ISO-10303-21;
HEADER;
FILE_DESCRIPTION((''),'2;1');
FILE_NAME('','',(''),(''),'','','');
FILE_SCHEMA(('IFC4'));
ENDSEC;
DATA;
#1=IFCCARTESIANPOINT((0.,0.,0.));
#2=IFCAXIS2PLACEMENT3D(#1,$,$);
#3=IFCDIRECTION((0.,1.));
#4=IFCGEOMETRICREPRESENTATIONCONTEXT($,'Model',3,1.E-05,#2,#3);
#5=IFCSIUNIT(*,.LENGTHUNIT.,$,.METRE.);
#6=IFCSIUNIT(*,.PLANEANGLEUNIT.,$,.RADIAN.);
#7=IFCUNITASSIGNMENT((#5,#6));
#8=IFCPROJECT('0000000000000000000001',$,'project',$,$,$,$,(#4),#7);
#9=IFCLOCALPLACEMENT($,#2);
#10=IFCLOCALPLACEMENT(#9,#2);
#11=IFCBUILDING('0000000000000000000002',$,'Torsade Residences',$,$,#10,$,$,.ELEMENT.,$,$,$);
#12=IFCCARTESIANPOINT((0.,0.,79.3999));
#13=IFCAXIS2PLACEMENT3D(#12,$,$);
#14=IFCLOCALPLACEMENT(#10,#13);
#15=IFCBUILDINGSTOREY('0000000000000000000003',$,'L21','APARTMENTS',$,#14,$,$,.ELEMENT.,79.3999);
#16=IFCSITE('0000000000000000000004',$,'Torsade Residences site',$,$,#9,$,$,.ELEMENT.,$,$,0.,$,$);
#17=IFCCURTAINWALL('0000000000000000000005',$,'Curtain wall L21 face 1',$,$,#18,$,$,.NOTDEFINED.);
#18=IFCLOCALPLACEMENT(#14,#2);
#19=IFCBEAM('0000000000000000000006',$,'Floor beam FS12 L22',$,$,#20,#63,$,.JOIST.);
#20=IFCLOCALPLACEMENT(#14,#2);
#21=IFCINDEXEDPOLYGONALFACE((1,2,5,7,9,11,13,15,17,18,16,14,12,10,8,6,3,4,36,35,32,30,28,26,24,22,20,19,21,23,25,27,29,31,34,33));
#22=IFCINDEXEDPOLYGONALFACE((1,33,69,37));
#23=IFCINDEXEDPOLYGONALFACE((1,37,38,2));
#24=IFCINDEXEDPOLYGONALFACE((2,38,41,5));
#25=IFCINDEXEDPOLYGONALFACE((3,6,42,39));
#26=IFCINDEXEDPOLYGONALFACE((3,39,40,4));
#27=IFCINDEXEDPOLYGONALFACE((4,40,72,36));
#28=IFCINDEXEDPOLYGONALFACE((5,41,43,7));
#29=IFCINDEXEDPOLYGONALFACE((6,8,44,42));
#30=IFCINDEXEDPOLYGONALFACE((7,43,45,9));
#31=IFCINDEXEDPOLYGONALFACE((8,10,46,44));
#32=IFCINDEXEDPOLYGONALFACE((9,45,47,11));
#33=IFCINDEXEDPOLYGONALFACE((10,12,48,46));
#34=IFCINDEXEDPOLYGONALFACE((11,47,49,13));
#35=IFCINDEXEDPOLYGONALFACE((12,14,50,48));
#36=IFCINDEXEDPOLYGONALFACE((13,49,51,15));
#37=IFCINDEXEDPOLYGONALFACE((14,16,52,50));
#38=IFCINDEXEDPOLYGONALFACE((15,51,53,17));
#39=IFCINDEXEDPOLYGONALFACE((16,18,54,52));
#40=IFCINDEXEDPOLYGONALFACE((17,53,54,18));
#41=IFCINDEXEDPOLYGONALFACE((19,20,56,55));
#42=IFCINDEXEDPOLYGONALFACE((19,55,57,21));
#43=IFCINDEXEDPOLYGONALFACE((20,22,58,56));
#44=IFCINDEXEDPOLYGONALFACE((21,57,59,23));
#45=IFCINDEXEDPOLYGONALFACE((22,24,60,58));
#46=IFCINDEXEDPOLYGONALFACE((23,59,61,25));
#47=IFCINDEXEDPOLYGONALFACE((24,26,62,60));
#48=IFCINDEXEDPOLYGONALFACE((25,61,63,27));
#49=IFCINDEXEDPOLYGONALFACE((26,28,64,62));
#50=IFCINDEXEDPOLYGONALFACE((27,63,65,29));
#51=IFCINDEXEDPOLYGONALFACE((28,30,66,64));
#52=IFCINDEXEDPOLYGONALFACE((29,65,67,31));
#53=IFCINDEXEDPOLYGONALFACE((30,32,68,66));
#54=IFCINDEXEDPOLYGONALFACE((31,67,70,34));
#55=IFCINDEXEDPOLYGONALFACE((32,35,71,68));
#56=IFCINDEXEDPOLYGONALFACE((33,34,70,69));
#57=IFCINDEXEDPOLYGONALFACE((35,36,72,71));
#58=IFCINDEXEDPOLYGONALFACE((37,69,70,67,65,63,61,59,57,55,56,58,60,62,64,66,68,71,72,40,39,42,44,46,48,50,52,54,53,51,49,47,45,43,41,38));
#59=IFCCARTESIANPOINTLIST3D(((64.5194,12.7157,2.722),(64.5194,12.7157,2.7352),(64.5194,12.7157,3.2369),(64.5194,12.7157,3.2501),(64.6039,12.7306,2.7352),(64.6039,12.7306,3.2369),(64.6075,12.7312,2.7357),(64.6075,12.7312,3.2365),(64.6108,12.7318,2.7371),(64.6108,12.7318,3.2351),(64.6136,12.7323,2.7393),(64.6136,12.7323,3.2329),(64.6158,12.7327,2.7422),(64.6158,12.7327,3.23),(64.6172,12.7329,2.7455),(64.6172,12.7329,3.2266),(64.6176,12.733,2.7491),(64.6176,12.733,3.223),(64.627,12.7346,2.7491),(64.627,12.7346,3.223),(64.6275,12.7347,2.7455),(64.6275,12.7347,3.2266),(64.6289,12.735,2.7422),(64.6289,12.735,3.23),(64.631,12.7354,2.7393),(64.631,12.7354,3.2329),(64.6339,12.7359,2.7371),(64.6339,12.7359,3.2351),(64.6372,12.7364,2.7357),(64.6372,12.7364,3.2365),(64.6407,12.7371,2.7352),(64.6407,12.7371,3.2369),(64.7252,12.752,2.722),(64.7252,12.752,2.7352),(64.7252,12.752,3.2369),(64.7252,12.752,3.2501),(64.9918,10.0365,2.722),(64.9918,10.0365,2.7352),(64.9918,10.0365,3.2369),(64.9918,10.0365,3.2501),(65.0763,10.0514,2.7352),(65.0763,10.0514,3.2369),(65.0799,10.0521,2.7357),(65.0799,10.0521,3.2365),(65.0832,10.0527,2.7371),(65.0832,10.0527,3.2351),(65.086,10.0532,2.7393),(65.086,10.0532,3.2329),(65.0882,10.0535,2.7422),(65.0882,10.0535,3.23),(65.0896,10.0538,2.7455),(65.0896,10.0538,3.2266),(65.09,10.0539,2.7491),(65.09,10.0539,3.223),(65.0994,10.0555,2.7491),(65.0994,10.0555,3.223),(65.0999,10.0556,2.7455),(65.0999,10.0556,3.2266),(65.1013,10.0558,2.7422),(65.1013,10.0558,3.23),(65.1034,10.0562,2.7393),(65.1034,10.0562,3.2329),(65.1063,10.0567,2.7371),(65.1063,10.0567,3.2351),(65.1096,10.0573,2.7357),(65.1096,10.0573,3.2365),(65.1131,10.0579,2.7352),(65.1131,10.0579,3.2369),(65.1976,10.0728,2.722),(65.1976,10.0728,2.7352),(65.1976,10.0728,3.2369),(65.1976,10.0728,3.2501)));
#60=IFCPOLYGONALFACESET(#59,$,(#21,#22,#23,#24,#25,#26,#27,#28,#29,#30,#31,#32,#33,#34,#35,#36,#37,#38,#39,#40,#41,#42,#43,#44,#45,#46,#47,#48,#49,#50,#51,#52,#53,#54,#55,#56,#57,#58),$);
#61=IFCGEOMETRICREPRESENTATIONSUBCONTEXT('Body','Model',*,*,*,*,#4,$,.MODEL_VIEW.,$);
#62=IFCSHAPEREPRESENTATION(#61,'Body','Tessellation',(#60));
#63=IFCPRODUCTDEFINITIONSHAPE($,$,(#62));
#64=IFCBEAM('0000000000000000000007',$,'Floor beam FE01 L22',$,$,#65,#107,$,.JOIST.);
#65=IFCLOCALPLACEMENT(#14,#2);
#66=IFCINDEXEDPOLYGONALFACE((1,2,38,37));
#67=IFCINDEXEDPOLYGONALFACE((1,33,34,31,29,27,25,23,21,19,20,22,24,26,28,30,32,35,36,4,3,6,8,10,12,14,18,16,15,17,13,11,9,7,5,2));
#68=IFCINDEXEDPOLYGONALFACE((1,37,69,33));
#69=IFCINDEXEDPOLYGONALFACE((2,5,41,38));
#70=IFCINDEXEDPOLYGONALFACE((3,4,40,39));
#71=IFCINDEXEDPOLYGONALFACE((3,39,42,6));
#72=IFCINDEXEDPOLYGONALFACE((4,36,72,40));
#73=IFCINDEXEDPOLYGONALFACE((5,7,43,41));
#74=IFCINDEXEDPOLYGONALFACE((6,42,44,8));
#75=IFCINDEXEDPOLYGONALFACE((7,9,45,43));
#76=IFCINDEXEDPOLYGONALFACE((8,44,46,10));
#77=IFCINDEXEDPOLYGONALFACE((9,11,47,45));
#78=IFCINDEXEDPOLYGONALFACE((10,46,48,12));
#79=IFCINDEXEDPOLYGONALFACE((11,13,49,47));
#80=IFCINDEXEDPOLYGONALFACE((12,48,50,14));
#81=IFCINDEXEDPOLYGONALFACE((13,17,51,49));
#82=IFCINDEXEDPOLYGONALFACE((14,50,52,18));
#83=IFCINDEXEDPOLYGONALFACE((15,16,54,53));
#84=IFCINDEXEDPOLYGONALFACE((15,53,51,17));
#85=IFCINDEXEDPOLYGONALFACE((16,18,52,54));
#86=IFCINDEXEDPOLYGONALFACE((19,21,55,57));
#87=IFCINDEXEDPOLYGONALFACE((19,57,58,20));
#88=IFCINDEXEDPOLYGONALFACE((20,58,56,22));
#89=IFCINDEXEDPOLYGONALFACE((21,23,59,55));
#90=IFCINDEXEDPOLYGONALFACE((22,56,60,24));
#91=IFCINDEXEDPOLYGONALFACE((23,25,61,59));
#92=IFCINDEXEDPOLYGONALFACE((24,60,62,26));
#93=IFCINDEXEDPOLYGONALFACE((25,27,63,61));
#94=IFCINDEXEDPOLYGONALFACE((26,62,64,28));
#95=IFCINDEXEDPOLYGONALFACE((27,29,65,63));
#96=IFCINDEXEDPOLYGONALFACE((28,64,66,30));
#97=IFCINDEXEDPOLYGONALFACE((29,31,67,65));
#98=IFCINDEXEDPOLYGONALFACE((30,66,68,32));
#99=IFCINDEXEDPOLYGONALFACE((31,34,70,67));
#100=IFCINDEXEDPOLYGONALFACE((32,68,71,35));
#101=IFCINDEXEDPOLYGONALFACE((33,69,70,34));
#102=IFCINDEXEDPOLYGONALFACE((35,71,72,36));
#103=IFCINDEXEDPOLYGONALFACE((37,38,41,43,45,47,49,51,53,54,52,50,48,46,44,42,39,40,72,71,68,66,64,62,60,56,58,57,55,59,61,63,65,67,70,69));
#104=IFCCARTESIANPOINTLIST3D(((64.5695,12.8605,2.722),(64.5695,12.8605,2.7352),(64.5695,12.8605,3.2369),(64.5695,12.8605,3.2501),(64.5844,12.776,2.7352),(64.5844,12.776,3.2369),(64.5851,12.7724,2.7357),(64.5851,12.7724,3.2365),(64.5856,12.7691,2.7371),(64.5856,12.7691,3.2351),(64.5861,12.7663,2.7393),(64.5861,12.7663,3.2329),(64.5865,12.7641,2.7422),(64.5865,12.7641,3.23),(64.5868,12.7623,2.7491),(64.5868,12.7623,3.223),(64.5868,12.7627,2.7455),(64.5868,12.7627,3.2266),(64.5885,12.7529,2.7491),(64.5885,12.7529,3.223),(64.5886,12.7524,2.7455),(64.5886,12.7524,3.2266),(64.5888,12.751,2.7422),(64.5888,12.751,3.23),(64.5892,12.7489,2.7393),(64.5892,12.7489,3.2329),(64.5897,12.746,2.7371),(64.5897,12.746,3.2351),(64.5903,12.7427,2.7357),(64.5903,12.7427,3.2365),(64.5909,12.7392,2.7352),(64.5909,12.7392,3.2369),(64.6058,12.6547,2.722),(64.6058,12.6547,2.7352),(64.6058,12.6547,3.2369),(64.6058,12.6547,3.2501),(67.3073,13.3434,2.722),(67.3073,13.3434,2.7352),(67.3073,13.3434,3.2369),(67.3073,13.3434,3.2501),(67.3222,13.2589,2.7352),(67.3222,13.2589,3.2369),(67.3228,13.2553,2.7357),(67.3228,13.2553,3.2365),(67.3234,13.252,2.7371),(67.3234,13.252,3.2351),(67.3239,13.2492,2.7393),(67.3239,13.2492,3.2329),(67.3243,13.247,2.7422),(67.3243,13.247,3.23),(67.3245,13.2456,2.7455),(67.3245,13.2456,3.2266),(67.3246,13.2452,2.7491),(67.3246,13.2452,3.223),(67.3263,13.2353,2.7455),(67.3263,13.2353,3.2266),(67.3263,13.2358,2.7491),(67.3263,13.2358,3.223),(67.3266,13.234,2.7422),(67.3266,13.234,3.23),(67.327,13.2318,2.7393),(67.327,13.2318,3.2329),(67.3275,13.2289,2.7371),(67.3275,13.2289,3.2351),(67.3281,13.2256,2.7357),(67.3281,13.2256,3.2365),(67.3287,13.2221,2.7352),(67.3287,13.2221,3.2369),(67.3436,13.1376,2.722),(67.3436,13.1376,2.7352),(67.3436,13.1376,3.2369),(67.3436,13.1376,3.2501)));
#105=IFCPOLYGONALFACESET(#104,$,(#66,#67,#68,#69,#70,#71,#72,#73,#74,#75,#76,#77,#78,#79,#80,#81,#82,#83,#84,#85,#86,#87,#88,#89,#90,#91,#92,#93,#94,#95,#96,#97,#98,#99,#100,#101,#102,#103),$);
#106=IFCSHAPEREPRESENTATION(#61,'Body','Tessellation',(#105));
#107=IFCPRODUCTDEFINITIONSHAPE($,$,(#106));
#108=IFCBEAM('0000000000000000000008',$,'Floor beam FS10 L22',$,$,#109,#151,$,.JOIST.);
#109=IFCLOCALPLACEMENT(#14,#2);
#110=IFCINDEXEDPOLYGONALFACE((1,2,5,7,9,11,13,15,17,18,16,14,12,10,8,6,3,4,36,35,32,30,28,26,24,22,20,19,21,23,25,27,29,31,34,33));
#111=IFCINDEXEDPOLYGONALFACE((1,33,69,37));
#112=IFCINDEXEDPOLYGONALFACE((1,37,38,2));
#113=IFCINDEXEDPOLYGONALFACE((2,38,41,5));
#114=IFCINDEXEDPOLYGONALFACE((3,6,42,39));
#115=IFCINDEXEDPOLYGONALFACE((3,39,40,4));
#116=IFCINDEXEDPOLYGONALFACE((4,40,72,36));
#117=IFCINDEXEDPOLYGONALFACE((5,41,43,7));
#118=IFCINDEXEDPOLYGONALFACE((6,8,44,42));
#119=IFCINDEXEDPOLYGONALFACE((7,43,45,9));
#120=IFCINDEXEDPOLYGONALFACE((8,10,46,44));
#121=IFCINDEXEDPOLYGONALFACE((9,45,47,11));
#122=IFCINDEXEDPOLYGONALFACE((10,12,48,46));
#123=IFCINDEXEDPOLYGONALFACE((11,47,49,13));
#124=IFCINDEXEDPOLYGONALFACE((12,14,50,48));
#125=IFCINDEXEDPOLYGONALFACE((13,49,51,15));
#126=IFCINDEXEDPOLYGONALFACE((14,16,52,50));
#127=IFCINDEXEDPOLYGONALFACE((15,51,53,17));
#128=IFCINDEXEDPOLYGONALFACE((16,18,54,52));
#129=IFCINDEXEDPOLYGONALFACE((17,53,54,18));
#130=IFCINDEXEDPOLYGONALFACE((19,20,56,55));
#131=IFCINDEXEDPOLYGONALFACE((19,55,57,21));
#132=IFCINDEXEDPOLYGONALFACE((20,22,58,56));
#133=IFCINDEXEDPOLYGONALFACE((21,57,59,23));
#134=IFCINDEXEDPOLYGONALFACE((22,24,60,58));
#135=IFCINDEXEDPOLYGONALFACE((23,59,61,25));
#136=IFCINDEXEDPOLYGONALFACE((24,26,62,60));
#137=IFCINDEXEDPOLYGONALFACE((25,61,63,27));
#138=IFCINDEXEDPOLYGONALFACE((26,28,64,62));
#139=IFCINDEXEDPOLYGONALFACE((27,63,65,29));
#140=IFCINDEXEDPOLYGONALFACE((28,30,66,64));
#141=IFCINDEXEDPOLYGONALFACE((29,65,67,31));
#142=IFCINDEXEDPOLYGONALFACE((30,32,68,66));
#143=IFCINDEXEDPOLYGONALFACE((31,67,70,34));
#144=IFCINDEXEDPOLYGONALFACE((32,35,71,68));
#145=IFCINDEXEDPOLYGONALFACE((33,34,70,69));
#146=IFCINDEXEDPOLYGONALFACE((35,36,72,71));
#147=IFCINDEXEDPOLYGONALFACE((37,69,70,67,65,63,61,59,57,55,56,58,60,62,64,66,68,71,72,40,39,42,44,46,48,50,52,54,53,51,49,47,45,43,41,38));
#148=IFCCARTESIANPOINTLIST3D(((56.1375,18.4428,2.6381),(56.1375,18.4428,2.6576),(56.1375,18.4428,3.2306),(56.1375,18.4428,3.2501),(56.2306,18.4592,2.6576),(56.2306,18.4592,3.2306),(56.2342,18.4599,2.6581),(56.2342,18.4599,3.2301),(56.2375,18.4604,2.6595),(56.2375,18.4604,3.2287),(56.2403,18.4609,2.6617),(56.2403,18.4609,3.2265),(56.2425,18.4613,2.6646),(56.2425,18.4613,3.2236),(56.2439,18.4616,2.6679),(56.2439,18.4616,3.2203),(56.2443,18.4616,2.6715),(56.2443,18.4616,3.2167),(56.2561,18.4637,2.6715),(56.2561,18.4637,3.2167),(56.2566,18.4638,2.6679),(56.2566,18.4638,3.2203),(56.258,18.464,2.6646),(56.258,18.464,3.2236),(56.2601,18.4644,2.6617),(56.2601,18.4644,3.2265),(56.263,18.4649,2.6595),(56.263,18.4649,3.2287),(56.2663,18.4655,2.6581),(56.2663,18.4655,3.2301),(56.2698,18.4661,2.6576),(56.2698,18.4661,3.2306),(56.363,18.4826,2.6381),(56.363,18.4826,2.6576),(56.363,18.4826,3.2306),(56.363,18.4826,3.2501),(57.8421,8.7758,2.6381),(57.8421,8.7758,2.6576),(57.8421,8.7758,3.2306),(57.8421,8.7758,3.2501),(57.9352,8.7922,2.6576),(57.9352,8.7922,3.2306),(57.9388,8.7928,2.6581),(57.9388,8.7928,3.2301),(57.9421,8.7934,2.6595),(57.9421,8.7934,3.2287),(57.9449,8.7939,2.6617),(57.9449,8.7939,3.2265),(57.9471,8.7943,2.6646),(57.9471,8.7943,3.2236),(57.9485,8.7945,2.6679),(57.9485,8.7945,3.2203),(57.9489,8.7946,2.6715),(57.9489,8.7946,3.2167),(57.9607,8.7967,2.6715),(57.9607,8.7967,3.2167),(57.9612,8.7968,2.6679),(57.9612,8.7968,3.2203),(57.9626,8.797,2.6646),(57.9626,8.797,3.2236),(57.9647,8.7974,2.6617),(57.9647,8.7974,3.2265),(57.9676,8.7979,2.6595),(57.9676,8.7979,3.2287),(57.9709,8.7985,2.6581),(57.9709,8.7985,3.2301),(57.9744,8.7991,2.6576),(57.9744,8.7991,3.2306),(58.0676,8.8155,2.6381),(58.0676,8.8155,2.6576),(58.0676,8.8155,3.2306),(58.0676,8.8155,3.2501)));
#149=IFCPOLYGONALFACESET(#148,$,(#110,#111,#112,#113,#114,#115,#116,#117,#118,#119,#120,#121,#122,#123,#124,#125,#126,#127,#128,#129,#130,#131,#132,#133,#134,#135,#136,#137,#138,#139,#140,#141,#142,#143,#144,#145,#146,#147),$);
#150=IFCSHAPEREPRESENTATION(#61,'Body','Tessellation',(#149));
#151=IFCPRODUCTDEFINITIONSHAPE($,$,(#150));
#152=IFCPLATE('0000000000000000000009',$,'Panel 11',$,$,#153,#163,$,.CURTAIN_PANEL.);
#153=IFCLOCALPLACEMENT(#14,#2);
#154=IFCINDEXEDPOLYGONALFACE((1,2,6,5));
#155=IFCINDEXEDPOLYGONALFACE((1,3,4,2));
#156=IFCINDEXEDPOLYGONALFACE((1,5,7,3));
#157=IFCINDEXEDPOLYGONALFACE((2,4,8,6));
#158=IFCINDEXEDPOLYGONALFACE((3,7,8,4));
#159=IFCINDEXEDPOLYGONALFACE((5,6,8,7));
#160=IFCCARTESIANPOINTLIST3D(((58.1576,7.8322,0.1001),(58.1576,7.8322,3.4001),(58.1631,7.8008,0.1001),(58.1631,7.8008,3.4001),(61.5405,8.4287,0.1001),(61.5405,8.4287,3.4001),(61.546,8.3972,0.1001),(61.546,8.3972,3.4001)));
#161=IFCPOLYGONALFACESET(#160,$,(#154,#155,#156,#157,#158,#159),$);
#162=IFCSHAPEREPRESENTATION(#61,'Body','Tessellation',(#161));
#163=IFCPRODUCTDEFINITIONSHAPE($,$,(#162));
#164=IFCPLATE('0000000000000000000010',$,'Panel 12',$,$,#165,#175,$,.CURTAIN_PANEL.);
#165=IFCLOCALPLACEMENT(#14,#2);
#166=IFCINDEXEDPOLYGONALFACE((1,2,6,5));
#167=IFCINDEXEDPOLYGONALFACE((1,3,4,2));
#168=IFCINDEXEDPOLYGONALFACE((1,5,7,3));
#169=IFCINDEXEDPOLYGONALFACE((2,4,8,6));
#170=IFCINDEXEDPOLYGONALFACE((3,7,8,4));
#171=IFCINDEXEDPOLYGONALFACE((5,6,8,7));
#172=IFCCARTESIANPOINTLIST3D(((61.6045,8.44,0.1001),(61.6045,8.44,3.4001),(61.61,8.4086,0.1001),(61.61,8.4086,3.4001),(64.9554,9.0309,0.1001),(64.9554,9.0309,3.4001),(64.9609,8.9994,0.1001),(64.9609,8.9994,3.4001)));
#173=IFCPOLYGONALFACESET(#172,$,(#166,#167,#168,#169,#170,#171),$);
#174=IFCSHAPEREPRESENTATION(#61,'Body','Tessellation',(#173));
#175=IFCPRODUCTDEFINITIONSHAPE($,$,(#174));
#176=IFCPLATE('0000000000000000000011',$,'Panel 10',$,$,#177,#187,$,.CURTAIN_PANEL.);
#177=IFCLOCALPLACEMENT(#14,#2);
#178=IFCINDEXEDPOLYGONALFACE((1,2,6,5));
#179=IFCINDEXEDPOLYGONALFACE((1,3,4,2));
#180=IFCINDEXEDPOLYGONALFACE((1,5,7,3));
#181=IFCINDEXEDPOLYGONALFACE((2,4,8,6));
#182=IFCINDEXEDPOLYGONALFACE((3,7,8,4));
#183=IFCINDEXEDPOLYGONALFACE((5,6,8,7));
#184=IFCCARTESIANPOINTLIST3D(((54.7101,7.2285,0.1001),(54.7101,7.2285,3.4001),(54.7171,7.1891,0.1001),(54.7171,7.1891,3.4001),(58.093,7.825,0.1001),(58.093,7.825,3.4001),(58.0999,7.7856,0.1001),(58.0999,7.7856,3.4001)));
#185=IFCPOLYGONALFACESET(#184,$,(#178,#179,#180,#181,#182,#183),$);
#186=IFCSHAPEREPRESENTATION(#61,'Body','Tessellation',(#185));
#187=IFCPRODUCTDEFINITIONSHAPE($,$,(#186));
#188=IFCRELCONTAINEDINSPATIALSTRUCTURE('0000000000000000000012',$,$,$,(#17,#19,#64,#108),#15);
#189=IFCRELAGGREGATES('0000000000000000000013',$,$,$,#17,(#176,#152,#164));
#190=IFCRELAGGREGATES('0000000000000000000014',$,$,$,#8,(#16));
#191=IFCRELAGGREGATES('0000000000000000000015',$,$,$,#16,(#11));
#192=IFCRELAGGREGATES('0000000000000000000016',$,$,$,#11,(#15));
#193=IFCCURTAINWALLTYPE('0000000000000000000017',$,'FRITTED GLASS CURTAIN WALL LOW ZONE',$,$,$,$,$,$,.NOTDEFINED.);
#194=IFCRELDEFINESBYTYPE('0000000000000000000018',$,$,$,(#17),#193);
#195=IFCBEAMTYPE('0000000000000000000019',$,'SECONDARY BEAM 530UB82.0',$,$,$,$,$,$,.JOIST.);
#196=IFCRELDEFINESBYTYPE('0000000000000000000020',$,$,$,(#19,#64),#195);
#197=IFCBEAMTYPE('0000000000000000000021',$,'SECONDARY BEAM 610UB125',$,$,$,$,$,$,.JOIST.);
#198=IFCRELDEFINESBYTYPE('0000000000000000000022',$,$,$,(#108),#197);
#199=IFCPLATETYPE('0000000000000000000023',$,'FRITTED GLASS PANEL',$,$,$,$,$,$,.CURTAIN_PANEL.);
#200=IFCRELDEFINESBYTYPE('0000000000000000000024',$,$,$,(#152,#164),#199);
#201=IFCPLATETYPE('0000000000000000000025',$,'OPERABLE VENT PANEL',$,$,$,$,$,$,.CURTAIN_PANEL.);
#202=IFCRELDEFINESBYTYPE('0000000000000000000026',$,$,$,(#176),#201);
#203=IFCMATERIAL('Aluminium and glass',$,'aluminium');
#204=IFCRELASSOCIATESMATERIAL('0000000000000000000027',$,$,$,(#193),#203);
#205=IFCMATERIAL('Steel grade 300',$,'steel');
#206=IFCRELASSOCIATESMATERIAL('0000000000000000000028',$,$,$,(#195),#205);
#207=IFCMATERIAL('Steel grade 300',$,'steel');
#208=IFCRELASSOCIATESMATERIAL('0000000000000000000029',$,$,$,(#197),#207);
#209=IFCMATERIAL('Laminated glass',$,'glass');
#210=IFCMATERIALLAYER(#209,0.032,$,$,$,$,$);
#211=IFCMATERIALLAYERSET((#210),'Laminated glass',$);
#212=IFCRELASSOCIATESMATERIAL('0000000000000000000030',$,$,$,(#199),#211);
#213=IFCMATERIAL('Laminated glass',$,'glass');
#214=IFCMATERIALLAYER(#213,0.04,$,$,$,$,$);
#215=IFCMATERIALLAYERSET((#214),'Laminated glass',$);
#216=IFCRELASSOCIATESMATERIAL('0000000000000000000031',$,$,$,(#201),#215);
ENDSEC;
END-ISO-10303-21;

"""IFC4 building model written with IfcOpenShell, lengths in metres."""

from ifc_helpers import new_model, si_unit, direction, frame, origin, origin_2d, place, context, subcontext, project, spatial, rectangle, i_section, extrude, material, layer, layer_set, material_profile, profile_set, type_object, element, aggregate, save


model = new_model("IFC4")

# Units and contexts
model_context = context("Model", 3, precision=1e-05, world=origin(), true_north=direction((0.0, 1.0)))
body_context = subcontext(model_context, "Body", "Model", "MODEL_VIEW")
ifc_project = project(units=[si_unit("LENGTHUNIT", "METRE"), si_unit("PLANEANGLEUNIT", "RADIAN")], contexts=[model_context])

# Site, building, storey
site_placement = place(None, origin())
site = spatial("IfcSite", under=ifc_project, at=site_placement, Name="Torsade Residences site", CompositionType="ELEMENT", RefElevation=0.0)
building_placement = place(site_placement, origin())
building = spatial("IfcBuilding", under=site, at=building_placement, Name="Torsade Residences", CompositionType="ELEMENT")
storey_placement = place(building_placement, frame((0.0, 0.0, 79.3999)))
storey = spatial("IfcBuildingStorey", under=building, at=storey_placement, Name="L21", Description="APARTMENTS", CompositionType="ELEMENT", Elevation=79.3999)

# Curtain wall
ifc_material_1 = material(Name="Aluminium and glass", Category="aluminium")
curtain_wall_type = type_object("IfcCurtainWallType", Name="FRITTED GLASS CURTAIN WALL LOW ZONE", PredefinedType="NOTDEFINED", material=ifc_material_1)
curtain_wall_placement = place(storey_placement, origin())
curtain_wall = element("IfcCurtainWall", 1, at=curtain_wall_placement, inside=storey, type_object=curtain_wall_type, Name="Curtain wall L21 face 1", PredefinedType="NOTDEFINED")

# Beams
ifc_material_2 = material(Name="Steel grade 300", Category="steel")
ifc_material_profile_1 = material_profile(ifc_material_2, i_section(OverallWidth=0.209, OverallDepth=0.5281, WebThickness=0.0095, FlangeThickness=0.0132, FilletRadius=0.0139, at=origin_2d()), Name="530UB82.0")
ifc_profile_set_1 = profile_set([ifc_material_profile_1], Name="Steel grade 300")
beam_type_1 = type_object("IfcBeamType", Name="SECONDARY BEAM 530UB82.0", PredefinedType="JOIST", material=ifc_profile_set_1)
beam_1_placement = place(storey_placement, frame((65.0947, 10.0547, 2.9861), z_axis=(-0.173647, 0.984808, 0.0), x_axis=(-0.984808, -0.173647, 0.0)))
element("IfcBeam", 2, at=beam_1_placement, inside=storey, type_object=beam_type_1, Name="Floor beam FS12 L22", PredefinedType="JOIST", context=body_context, shape_type="SweptSolid", body=[
    extrude(i_section(OverallWidth=0.209, OverallDepth=0.5281, WebThickness=0.0095, FlangeThickness=0.0132, FilletRadius=0.0139, at=origin_2d()), origin(), (0.0, 0.0, 1.0), 2.7205),
])
beam_2_placement = place(storey_placement, frame((67.3254, 13.2405, 2.9861), z_axis=(-0.984798, -0.173705, 0.0), x_axis=(0.173705, -0.984798, 0.0)))
element("IfcBeam", 3, at=beam_2_placement, inside=storey, type_object=beam_type_1, Name="Floor beam FE01 L22", PredefinedType="JOIST", context=body_context, shape_type="SweptSolid", body=[
    extrude(i_section(OverallWidth=0.209, OverallDepth=0.5281, WebThickness=0.0095, FlangeThickness=0.0132, FilletRadius=0.0139, at=origin_2d()), origin(), (0.0, 0.0, 1.0), 2.78),
])
ifc_material_3 = material(Name="Steel grade 300", Category="steel")
ifc_material_profile_2 = material_profile(ifc_material_3, i_section(OverallWidth=0.229, OverallDepth=0.6121, WebThickness=0.012, FlangeThickness=0.0195, FilletRadius=0.0139, at=origin_2d()), Name="610UB125")
ifc_profile_set_2 = profile_set([ifc_material_profile_2], Name="Steel grade 300")
beam_type_2 = type_object("IfcBeamType", Name="SECONDARY BEAM 610UB125", PredefinedType="JOIST", material=ifc_profile_set_2)
beam_3_placement = place(storey_placement, frame((57.9548, 8.7957, 2.9441), z_axis=(-0.173652, 0.984807, 0.0), x_axis=(-0.984807, -0.173652, 0.0)))
element("IfcBeam", 4, at=beam_3_placement, inside=storey, type_object=beam_type_2, Name="Floor beam FS10 L22", PredefinedType="JOIST", context=body_context, shape_type="SweptSolid", body=[
    extrude(i_section(OverallWidth=0.229, OverallDepth=0.6121, WebThickness=0.012, FlangeThickness=0.0195, FilletRadius=0.0139, at=origin_2d()), origin(), (0.0, 0.0, 1.0), 9.8162),
])

# Plates
ifc_material_4 = material(Name="Laminated glass", Category="glass")
ifc_layer_1 = layer(ifc_material_4, 0.032)
ifc_layer_set_1 = layer_set([ifc_layer_1], Name="Laminated glass")
plate_type_1 = type_object("IfcPlateType", Name="FRITTED GLASS PANEL", PredefinedType="CURTAIN_PANEL", material=ifc_layer_set_1)
plate_1_placement = place(storey_placement, frame((59.8518, 8.1147, 0.1001), z_axis=(0.0, 0.0, 1.0), x_axis=(0.984808, 0.173648, 0.0)))
plate_1 = element("IfcPlate", 5, at=plate_1_placement, type_object=plate_type_1, Name="Panel 11", PredefinedType="CURTAIN_PANEL", context=body_context, shape_type="SweptSolid", body=[
    extrude(rectangle(XDim=3.4351, YDim=0.032, at=origin_2d()), origin(), (0.0, 0.0, 1.0), 3.3),
])
plate_2_placement = place(storey_placement, frame((63.2827, 8.7197, 0.1001), z_axis=(0.0, 0.0, 1.0), x_axis=(0.984808, 0.173648, 0.0)))
plate_2 = element("IfcPlate", 6, at=plate_2_placement, type_object=plate_type_1, Name="Panel 12", PredefinedType="CURTAIN_PANEL", context=body_context, shape_type="SweptSolid", body=[
    extrude(rectangle(XDim=3.4026, YDim=0.032, at=origin_2d()), origin(), (0.0, 0.0, 1.0), 3.3),
])
ifc_material_5 = material(Name="Laminated glass", Category="glass")
ifc_layer_2 = layer(ifc_material_5, 0.04)
ifc_layer_set_2 = layer_set([ifc_layer_2], Name="Laminated glass")
plate_type_2 = type_object("IfcPlateType", Name="OPERABLE VENT PANEL", PredefinedType="CURTAIN_PANEL", material=ifc_layer_set_2)
plate_3_placement = place(storey_placement, frame((56.405, 7.5071, 0.1001), z_axis=(0.0, 0.0, 1.0), x_axis=(0.984808, 0.173648, 0.0)))
plate_3 = element("IfcPlate", 7, at=plate_3_placement, type_object=plate_type_2, Name="Panel 10", PredefinedType="CURTAIN_PANEL", context=body_context, shape_type="SweptSolid", body=[
    extrude(rectangle(XDim=3.4351, YDim=0.04, at=origin_2d()), origin(), (0.0, 0.0, 1.0), 3.3),
])
aggregate(curtain_wall, [plate_3, plate_1, plate_2])

save(model, "model.ifc")
